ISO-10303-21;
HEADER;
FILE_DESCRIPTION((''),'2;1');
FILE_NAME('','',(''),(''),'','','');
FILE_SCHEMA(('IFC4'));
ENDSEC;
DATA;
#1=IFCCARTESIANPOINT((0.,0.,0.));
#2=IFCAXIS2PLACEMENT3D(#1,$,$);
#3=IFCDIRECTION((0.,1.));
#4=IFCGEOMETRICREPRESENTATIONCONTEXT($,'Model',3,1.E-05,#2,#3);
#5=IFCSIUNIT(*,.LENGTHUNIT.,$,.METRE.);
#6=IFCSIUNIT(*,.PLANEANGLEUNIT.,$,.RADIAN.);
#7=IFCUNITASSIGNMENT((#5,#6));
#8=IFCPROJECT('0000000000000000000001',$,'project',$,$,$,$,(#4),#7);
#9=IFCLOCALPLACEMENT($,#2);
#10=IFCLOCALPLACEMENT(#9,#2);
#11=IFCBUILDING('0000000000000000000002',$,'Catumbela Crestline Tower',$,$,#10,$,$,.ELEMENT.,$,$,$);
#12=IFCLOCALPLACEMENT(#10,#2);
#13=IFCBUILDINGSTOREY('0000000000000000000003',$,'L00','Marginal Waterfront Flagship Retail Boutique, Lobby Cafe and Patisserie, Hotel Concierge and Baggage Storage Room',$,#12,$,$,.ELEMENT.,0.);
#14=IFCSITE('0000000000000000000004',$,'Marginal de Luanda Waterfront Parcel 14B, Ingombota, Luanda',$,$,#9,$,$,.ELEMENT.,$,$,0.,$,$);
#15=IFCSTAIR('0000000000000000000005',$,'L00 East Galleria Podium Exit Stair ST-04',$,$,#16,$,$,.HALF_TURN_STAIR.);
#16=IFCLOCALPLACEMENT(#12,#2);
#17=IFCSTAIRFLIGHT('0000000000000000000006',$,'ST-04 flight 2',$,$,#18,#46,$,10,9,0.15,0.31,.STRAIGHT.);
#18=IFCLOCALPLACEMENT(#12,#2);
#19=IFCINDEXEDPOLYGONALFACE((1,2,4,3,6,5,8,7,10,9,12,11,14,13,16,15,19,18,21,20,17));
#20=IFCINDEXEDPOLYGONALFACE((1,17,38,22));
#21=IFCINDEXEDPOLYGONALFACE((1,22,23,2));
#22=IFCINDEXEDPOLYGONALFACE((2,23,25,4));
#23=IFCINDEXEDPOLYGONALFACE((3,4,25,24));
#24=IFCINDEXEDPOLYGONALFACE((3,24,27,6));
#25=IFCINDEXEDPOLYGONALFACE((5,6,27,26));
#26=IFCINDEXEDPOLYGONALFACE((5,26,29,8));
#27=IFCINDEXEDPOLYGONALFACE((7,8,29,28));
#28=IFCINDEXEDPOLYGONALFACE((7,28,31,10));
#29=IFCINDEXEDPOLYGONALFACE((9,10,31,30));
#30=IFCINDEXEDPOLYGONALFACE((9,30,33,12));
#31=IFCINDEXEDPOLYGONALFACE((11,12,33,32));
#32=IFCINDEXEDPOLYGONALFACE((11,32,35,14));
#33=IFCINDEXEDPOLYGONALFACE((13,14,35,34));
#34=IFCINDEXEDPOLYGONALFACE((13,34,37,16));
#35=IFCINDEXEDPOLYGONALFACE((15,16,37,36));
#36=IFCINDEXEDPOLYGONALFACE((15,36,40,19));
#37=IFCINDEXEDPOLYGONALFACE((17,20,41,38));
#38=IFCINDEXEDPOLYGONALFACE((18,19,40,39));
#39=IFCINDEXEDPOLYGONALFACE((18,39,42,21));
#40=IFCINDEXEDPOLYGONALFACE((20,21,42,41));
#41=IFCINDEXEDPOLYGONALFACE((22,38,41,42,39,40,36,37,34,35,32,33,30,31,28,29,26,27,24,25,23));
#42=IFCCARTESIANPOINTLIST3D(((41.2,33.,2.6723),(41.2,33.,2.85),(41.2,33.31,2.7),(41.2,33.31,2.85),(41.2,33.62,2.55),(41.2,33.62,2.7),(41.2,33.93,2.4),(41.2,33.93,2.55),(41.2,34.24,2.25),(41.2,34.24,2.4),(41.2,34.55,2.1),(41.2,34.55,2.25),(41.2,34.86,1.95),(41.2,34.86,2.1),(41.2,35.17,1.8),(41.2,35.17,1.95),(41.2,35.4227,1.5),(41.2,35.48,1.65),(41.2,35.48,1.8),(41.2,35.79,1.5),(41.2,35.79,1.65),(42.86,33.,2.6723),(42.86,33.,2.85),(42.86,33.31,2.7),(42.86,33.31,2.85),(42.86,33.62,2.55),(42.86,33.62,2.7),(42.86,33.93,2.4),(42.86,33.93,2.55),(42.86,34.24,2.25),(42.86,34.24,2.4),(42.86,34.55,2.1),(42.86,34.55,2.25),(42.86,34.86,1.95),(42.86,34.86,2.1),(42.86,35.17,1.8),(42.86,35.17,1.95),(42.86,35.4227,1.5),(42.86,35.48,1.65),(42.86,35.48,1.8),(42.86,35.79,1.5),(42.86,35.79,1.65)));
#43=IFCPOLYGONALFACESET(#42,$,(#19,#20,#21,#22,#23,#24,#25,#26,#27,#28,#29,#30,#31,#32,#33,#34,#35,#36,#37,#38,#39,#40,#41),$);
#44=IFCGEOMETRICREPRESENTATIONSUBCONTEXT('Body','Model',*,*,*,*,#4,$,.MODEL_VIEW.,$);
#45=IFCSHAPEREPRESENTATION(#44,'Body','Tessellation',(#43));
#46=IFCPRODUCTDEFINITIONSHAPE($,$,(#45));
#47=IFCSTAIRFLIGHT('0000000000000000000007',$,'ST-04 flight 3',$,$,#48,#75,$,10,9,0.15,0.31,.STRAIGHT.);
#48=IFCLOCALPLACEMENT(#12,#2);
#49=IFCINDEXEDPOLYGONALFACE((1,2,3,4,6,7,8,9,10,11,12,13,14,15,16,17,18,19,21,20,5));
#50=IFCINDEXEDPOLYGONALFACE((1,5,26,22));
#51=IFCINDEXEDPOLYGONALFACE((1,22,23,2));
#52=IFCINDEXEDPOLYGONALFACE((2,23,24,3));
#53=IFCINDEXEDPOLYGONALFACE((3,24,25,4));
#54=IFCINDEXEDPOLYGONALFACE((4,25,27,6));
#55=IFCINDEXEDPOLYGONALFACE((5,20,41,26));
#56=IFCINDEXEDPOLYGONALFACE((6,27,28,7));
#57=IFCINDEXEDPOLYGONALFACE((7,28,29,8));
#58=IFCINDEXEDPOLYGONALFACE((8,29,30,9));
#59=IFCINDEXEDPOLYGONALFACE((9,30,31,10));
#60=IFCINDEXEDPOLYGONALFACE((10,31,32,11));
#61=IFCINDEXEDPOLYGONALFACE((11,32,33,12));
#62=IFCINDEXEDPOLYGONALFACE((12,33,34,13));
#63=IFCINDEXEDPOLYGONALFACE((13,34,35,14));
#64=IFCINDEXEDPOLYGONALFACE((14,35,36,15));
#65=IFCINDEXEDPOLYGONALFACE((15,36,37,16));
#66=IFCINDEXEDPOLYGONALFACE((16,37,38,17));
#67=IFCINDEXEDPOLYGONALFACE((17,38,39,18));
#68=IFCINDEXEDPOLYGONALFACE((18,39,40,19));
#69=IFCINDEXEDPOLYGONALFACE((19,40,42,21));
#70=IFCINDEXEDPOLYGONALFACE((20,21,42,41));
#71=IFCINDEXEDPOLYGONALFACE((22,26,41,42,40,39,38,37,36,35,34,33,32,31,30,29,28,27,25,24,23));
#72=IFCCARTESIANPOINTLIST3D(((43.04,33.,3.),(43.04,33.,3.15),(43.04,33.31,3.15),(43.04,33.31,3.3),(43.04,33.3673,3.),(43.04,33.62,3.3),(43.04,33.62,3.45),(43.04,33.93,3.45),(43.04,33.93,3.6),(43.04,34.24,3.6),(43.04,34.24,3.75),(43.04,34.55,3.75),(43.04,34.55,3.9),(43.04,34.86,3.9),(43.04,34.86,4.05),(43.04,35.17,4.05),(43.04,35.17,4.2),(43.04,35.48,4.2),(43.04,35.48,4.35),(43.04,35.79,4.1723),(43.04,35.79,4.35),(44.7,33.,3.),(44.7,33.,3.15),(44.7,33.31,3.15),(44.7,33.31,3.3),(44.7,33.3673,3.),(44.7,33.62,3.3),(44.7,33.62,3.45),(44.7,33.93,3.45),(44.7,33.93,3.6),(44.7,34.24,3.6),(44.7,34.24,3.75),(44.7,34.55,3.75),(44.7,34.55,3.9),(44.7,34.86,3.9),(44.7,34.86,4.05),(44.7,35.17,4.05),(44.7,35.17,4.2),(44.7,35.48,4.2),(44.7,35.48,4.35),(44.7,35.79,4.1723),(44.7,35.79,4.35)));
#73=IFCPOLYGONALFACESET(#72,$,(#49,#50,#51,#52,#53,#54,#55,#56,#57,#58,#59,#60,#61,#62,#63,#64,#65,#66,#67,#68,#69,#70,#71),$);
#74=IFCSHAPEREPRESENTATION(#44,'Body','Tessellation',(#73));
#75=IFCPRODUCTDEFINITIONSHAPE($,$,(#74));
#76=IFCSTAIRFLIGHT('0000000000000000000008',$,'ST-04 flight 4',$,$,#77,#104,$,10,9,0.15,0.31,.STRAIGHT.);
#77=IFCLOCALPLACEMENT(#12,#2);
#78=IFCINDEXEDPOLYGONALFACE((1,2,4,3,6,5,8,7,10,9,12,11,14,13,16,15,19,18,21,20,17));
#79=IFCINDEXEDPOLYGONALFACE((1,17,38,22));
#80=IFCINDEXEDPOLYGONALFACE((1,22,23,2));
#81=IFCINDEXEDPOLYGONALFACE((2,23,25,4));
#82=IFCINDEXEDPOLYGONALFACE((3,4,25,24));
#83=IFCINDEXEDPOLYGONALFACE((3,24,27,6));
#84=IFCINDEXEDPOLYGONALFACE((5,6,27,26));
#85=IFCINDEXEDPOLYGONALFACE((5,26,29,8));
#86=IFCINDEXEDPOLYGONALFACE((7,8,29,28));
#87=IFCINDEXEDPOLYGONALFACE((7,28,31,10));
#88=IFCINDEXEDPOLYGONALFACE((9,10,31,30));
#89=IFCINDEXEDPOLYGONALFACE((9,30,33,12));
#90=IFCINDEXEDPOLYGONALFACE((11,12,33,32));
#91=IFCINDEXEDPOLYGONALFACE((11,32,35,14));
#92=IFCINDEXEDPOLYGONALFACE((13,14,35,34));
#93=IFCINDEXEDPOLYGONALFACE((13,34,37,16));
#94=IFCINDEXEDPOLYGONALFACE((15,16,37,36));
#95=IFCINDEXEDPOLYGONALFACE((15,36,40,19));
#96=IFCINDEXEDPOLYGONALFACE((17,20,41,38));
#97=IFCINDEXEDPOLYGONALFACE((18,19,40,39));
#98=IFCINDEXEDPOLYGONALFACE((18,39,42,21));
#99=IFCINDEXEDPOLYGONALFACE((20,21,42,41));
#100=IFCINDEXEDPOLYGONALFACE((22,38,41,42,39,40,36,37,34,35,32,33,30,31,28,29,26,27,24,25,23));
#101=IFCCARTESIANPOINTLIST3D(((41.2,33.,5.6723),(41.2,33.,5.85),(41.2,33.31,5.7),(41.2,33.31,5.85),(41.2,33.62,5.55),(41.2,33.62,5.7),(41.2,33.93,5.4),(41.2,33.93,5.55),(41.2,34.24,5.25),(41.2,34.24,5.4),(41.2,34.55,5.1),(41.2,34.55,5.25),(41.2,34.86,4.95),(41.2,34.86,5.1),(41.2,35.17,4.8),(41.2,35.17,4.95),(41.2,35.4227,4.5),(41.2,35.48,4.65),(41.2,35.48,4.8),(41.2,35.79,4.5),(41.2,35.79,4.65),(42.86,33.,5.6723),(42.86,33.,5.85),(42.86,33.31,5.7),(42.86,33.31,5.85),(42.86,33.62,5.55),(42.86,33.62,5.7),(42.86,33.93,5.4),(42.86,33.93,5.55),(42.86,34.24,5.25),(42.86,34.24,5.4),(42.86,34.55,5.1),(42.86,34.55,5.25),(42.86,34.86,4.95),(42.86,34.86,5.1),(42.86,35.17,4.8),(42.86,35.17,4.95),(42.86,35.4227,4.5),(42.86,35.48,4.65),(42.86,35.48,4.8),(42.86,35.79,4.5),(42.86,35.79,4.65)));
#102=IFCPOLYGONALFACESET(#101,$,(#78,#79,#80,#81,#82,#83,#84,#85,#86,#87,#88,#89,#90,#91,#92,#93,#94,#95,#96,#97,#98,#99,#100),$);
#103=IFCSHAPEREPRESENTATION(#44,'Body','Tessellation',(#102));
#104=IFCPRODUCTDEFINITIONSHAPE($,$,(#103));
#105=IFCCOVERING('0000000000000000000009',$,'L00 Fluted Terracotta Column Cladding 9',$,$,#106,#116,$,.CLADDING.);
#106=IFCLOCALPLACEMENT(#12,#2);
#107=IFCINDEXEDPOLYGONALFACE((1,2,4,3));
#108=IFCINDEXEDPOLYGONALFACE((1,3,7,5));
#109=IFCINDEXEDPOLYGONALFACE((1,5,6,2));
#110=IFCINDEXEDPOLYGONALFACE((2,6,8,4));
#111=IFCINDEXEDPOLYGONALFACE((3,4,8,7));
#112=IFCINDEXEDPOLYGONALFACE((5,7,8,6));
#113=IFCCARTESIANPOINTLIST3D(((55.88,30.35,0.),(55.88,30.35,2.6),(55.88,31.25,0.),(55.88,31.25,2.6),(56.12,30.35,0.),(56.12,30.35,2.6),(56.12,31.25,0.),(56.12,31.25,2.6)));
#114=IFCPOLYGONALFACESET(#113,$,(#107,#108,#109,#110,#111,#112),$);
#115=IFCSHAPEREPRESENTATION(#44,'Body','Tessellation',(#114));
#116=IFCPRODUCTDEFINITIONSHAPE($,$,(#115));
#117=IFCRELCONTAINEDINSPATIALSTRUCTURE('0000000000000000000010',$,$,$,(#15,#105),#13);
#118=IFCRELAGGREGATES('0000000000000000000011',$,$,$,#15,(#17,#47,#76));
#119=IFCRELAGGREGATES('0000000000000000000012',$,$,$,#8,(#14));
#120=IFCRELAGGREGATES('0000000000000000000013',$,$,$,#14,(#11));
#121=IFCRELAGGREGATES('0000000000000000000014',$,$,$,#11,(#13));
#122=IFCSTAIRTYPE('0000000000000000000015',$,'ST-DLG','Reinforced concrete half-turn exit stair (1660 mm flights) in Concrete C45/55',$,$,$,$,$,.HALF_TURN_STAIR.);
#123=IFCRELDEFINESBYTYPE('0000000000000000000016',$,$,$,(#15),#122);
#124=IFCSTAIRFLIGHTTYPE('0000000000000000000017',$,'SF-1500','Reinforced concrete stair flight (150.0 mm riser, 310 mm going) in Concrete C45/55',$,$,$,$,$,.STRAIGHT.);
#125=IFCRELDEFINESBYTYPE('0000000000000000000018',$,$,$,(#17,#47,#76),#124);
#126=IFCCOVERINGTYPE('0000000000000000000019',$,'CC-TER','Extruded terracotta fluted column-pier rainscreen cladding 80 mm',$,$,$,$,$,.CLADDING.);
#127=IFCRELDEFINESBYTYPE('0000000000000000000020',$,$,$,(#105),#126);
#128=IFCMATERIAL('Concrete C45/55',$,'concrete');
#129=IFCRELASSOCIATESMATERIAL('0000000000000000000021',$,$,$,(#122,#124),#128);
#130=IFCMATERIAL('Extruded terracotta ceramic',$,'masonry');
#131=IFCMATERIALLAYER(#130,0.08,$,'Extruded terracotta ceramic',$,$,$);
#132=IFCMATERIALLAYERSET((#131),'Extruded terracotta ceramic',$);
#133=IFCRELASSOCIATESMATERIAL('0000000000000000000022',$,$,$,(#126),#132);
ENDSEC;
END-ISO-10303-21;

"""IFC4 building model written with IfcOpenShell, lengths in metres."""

from ifc_helpers import new_model, si_unit, direction, frame, origin, origin_2d, place, context, subcontext, project, spatial, polyline, rectangle, outline, extrude, material, layer, layer_set, type_object, element, aggregate, save


model = new_model("IFC4")

# Units and contexts
model_context = context("Model", 3, precision=1e-05, world=origin(), true_north=direction((0.0, 1.0)))
body_context = subcontext(model_context, "Body", "Model", "MODEL_VIEW")
ifc_project = project(units=[si_unit("LENGTHUNIT", "METRE"), si_unit("PLANEANGLEUNIT", "RADIAN")], contexts=[model_context])

# Site, building, storey
site_placement = place(None, origin())
site = spatial("IfcSite", under=ifc_project, at=site_placement, Name="Marginal de Luanda Waterfront Parcel 14B, Ingombota, Luanda", CompositionType="ELEMENT", RefElevation=0.0)
building_placement = place(site_placement, origin())
building = spatial("IfcBuilding", under=site, at=building_placement, Name="Catumbela Crestline Tower", CompositionType="ELEMENT")
storey_placement = place(building_placement, origin())
storey = spatial("IfcBuildingStorey", under=building, at=storey_placement, Name="L00", Description="Marginal Waterfront Flagship Retail Boutique, Lobby Cafe and Patisserie, Hotel Concierge and Baggage Storage Room", CompositionType="ELEMENT", Elevation=0.0)

# Stair, stair flights
ifc_material_1 = material(Name="Concrete C45/55", Category="concrete")
stair_type = type_object("IfcStairType", Name="ST-DLG", Description="Reinforced concrete half-turn exit stair (1660 mm flights) in Concrete C45/55", PredefinedType="HALF_TURN_STAIR", material=ifc_material_1)
stair_placement = place(storey_placement, origin())
stair = element("IfcStair", 1, at=stair_placement, inside=storey, type_object=stair_type, Name="L00 East Galleria Podium Exit Stair ST-04", PredefinedType="HALF_TURN_STAIR")
stair_flight_type = type_object("IfcStairFlightType", Name="SF-1500", Description="Reinforced concrete stair flight (150.0 mm riser, 310 mm going) in Concrete C45/55", PredefinedType="STRAIGHT", material=ifc_material_1)
stair_flight_1_placement = place(storey_placement, frame((42.03, 35.79, 1.5), z_axis=(0.0, 0.0, 1.0), x_axis=(0.0, -1.0, 0.0)))
stair_flight_1 = element("IfcStairFlight", 2, at=stair_flight_1_placement, type_object=stair_flight_type, Name="ST-04 flight 2", NumberOfRisers=10, NumberOfTreads=9, PredefinedType="STRAIGHT", RiserHeight=0.15, TreadLength=0.31, context=body_context, shape_type="SweptSolid", body=[
    extrude(outline(polyline([(0.0, 0.0), (0.0, 0.15), (0.31, 0.15), (0.31, 0.3), (0.62, 0.3), (0.62, 0.45), (0.93, 0.45), (0.93, 0.6), (1.24, 0.6), (1.24, 0.75), (1.55, 0.75), (1.55, 0.9), (1.86, 0.9), (1.86, 1.05), (2.17, 1.05), (2.17, 1.2), (2.48, 1.2), (2.48, 1.35), (2.79, 1.35), (2.79, 1.5), (2.79, 1.1723), (0.3673, 0.0), (0.0, 0.0)])), frame((0.0, 0.83, 0.0), z_axis=(0.0, -1.0, 0.0), x_axis=(1.0, 0.0, 0.0)), (0.0, 0.0, 1.0), 1.66),
])
stair_flight_2_placement = place(storey_placement, frame((43.87, 33.0, 3.0), z_axis=(0.0, 0.0, 1.0), x_axis=(0.0, 1.0, 0.0)))
stair_flight_2 = element("IfcStairFlight", 3, at=stair_flight_2_placement, type_object=stair_flight_type, Name="ST-04 flight 3", NumberOfRisers=10, NumberOfTreads=9, PredefinedType="STRAIGHT", RiserHeight=0.15, TreadLength=0.31, context=body_context, shape_type="SweptSolid", body=[
    extrude(outline(polyline([(0.0, 0.0), (0.0, 0.15), (0.31, 0.15), (0.31, 0.3), (0.62, 0.3), (0.62, 0.45), (0.93, 0.45), (0.93, 0.6), (1.24, 0.6), (1.24, 0.75), (1.55, 0.75), (1.55, 0.9), (1.86, 0.9), (1.86, 1.05), (2.17, 1.05), (2.17, 1.2), (2.48, 1.2), (2.48, 1.35), (2.79, 1.35), (2.79, 1.5), (2.79, 1.1723), (0.3673, 0.0), (0.0, 0.0)])), frame((0.0, 0.83, 0.0), z_axis=(0.0, -1.0, 0.0), x_axis=(1.0, 0.0, 0.0)), (0.0, 0.0, 1.0), 1.66),
])
stair_flight_3_placement = place(storey_placement, frame((42.03, 35.79, 4.5), z_axis=(0.0, 0.0, 1.0), x_axis=(0.0, -1.0, 0.0)))
stair_flight_3 = element("IfcStairFlight", 4, at=stair_flight_3_placement, type_object=stair_flight_type, Name="ST-04 flight 4", NumberOfRisers=10, NumberOfTreads=9, PredefinedType="STRAIGHT", RiserHeight=0.15, TreadLength=0.31, context=body_context, shape_type="SweptSolid", body=[
    extrude(outline(polyline([(0.0, 0.0), (0.0, 0.15), (0.31, 0.15), (0.31, 0.3), (0.62, 0.3), (0.62, 0.45), (0.93, 0.45), (0.93, 0.6), (1.24, 0.6), (1.24, 0.75), (1.55, 0.75), (1.55, 0.9), (1.86, 0.9), (1.86, 1.05), (2.17, 1.05), (2.17, 1.2), (2.48, 1.2), (2.48, 1.35), (2.79, 1.35), (2.79, 1.5), (2.79, 1.1723), (0.3673, 0.0), (0.0, 0.0)])), frame((0.0, 0.83, 0.0), z_axis=(0.0, -1.0, 0.0), x_axis=(1.0, 0.0, 0.0)), (0.0, 0.0, 1.0), 1.66),
])
aggregate(stair, [stair_flight_1, stair_flight_2, stair_flight_3])

# Covering
ifc_material_2 = material(Name="Extruded terracotta ceramic", Category="masonry")
ifc_layer_1 = layer(ifc_material_2, 0.08, Name="Extruded terracotta ceramic")
ifc_layer_set_1 = layer_set([ifc_layer_1], Name="Extruded terracotta ceramic")
covering_type = type_object("IfcCoveringType", Name="CC-TER", Description="Extruded terracotta fluted column-pier rainscreen cladding 80 mm", PredefinedType="CLADDING", material=ifc_layer_set_1)
covering_placement = place(storey_placement, frame((56.0, 30.8, 0.0), z_axis=(0.0, 0.0, 1.0), x_axis=(0.0, 1.0, 0.0)))
element("IfcCovering", 5, at=covering_placement, inside=storey, type_object=covering_type, Name="L00 Fluted Terracotta Column Cladding 9", PredefinedType="CLADDING", context=body_context, shape_type="SweptSolid", body=[
    extrude(rectangle(XDim=0.9, YDim=0.24, at=origin_2d()), origin(), (0.0, 0.0, 1.0), 2.6),
])

save(model, "model.ifc")
